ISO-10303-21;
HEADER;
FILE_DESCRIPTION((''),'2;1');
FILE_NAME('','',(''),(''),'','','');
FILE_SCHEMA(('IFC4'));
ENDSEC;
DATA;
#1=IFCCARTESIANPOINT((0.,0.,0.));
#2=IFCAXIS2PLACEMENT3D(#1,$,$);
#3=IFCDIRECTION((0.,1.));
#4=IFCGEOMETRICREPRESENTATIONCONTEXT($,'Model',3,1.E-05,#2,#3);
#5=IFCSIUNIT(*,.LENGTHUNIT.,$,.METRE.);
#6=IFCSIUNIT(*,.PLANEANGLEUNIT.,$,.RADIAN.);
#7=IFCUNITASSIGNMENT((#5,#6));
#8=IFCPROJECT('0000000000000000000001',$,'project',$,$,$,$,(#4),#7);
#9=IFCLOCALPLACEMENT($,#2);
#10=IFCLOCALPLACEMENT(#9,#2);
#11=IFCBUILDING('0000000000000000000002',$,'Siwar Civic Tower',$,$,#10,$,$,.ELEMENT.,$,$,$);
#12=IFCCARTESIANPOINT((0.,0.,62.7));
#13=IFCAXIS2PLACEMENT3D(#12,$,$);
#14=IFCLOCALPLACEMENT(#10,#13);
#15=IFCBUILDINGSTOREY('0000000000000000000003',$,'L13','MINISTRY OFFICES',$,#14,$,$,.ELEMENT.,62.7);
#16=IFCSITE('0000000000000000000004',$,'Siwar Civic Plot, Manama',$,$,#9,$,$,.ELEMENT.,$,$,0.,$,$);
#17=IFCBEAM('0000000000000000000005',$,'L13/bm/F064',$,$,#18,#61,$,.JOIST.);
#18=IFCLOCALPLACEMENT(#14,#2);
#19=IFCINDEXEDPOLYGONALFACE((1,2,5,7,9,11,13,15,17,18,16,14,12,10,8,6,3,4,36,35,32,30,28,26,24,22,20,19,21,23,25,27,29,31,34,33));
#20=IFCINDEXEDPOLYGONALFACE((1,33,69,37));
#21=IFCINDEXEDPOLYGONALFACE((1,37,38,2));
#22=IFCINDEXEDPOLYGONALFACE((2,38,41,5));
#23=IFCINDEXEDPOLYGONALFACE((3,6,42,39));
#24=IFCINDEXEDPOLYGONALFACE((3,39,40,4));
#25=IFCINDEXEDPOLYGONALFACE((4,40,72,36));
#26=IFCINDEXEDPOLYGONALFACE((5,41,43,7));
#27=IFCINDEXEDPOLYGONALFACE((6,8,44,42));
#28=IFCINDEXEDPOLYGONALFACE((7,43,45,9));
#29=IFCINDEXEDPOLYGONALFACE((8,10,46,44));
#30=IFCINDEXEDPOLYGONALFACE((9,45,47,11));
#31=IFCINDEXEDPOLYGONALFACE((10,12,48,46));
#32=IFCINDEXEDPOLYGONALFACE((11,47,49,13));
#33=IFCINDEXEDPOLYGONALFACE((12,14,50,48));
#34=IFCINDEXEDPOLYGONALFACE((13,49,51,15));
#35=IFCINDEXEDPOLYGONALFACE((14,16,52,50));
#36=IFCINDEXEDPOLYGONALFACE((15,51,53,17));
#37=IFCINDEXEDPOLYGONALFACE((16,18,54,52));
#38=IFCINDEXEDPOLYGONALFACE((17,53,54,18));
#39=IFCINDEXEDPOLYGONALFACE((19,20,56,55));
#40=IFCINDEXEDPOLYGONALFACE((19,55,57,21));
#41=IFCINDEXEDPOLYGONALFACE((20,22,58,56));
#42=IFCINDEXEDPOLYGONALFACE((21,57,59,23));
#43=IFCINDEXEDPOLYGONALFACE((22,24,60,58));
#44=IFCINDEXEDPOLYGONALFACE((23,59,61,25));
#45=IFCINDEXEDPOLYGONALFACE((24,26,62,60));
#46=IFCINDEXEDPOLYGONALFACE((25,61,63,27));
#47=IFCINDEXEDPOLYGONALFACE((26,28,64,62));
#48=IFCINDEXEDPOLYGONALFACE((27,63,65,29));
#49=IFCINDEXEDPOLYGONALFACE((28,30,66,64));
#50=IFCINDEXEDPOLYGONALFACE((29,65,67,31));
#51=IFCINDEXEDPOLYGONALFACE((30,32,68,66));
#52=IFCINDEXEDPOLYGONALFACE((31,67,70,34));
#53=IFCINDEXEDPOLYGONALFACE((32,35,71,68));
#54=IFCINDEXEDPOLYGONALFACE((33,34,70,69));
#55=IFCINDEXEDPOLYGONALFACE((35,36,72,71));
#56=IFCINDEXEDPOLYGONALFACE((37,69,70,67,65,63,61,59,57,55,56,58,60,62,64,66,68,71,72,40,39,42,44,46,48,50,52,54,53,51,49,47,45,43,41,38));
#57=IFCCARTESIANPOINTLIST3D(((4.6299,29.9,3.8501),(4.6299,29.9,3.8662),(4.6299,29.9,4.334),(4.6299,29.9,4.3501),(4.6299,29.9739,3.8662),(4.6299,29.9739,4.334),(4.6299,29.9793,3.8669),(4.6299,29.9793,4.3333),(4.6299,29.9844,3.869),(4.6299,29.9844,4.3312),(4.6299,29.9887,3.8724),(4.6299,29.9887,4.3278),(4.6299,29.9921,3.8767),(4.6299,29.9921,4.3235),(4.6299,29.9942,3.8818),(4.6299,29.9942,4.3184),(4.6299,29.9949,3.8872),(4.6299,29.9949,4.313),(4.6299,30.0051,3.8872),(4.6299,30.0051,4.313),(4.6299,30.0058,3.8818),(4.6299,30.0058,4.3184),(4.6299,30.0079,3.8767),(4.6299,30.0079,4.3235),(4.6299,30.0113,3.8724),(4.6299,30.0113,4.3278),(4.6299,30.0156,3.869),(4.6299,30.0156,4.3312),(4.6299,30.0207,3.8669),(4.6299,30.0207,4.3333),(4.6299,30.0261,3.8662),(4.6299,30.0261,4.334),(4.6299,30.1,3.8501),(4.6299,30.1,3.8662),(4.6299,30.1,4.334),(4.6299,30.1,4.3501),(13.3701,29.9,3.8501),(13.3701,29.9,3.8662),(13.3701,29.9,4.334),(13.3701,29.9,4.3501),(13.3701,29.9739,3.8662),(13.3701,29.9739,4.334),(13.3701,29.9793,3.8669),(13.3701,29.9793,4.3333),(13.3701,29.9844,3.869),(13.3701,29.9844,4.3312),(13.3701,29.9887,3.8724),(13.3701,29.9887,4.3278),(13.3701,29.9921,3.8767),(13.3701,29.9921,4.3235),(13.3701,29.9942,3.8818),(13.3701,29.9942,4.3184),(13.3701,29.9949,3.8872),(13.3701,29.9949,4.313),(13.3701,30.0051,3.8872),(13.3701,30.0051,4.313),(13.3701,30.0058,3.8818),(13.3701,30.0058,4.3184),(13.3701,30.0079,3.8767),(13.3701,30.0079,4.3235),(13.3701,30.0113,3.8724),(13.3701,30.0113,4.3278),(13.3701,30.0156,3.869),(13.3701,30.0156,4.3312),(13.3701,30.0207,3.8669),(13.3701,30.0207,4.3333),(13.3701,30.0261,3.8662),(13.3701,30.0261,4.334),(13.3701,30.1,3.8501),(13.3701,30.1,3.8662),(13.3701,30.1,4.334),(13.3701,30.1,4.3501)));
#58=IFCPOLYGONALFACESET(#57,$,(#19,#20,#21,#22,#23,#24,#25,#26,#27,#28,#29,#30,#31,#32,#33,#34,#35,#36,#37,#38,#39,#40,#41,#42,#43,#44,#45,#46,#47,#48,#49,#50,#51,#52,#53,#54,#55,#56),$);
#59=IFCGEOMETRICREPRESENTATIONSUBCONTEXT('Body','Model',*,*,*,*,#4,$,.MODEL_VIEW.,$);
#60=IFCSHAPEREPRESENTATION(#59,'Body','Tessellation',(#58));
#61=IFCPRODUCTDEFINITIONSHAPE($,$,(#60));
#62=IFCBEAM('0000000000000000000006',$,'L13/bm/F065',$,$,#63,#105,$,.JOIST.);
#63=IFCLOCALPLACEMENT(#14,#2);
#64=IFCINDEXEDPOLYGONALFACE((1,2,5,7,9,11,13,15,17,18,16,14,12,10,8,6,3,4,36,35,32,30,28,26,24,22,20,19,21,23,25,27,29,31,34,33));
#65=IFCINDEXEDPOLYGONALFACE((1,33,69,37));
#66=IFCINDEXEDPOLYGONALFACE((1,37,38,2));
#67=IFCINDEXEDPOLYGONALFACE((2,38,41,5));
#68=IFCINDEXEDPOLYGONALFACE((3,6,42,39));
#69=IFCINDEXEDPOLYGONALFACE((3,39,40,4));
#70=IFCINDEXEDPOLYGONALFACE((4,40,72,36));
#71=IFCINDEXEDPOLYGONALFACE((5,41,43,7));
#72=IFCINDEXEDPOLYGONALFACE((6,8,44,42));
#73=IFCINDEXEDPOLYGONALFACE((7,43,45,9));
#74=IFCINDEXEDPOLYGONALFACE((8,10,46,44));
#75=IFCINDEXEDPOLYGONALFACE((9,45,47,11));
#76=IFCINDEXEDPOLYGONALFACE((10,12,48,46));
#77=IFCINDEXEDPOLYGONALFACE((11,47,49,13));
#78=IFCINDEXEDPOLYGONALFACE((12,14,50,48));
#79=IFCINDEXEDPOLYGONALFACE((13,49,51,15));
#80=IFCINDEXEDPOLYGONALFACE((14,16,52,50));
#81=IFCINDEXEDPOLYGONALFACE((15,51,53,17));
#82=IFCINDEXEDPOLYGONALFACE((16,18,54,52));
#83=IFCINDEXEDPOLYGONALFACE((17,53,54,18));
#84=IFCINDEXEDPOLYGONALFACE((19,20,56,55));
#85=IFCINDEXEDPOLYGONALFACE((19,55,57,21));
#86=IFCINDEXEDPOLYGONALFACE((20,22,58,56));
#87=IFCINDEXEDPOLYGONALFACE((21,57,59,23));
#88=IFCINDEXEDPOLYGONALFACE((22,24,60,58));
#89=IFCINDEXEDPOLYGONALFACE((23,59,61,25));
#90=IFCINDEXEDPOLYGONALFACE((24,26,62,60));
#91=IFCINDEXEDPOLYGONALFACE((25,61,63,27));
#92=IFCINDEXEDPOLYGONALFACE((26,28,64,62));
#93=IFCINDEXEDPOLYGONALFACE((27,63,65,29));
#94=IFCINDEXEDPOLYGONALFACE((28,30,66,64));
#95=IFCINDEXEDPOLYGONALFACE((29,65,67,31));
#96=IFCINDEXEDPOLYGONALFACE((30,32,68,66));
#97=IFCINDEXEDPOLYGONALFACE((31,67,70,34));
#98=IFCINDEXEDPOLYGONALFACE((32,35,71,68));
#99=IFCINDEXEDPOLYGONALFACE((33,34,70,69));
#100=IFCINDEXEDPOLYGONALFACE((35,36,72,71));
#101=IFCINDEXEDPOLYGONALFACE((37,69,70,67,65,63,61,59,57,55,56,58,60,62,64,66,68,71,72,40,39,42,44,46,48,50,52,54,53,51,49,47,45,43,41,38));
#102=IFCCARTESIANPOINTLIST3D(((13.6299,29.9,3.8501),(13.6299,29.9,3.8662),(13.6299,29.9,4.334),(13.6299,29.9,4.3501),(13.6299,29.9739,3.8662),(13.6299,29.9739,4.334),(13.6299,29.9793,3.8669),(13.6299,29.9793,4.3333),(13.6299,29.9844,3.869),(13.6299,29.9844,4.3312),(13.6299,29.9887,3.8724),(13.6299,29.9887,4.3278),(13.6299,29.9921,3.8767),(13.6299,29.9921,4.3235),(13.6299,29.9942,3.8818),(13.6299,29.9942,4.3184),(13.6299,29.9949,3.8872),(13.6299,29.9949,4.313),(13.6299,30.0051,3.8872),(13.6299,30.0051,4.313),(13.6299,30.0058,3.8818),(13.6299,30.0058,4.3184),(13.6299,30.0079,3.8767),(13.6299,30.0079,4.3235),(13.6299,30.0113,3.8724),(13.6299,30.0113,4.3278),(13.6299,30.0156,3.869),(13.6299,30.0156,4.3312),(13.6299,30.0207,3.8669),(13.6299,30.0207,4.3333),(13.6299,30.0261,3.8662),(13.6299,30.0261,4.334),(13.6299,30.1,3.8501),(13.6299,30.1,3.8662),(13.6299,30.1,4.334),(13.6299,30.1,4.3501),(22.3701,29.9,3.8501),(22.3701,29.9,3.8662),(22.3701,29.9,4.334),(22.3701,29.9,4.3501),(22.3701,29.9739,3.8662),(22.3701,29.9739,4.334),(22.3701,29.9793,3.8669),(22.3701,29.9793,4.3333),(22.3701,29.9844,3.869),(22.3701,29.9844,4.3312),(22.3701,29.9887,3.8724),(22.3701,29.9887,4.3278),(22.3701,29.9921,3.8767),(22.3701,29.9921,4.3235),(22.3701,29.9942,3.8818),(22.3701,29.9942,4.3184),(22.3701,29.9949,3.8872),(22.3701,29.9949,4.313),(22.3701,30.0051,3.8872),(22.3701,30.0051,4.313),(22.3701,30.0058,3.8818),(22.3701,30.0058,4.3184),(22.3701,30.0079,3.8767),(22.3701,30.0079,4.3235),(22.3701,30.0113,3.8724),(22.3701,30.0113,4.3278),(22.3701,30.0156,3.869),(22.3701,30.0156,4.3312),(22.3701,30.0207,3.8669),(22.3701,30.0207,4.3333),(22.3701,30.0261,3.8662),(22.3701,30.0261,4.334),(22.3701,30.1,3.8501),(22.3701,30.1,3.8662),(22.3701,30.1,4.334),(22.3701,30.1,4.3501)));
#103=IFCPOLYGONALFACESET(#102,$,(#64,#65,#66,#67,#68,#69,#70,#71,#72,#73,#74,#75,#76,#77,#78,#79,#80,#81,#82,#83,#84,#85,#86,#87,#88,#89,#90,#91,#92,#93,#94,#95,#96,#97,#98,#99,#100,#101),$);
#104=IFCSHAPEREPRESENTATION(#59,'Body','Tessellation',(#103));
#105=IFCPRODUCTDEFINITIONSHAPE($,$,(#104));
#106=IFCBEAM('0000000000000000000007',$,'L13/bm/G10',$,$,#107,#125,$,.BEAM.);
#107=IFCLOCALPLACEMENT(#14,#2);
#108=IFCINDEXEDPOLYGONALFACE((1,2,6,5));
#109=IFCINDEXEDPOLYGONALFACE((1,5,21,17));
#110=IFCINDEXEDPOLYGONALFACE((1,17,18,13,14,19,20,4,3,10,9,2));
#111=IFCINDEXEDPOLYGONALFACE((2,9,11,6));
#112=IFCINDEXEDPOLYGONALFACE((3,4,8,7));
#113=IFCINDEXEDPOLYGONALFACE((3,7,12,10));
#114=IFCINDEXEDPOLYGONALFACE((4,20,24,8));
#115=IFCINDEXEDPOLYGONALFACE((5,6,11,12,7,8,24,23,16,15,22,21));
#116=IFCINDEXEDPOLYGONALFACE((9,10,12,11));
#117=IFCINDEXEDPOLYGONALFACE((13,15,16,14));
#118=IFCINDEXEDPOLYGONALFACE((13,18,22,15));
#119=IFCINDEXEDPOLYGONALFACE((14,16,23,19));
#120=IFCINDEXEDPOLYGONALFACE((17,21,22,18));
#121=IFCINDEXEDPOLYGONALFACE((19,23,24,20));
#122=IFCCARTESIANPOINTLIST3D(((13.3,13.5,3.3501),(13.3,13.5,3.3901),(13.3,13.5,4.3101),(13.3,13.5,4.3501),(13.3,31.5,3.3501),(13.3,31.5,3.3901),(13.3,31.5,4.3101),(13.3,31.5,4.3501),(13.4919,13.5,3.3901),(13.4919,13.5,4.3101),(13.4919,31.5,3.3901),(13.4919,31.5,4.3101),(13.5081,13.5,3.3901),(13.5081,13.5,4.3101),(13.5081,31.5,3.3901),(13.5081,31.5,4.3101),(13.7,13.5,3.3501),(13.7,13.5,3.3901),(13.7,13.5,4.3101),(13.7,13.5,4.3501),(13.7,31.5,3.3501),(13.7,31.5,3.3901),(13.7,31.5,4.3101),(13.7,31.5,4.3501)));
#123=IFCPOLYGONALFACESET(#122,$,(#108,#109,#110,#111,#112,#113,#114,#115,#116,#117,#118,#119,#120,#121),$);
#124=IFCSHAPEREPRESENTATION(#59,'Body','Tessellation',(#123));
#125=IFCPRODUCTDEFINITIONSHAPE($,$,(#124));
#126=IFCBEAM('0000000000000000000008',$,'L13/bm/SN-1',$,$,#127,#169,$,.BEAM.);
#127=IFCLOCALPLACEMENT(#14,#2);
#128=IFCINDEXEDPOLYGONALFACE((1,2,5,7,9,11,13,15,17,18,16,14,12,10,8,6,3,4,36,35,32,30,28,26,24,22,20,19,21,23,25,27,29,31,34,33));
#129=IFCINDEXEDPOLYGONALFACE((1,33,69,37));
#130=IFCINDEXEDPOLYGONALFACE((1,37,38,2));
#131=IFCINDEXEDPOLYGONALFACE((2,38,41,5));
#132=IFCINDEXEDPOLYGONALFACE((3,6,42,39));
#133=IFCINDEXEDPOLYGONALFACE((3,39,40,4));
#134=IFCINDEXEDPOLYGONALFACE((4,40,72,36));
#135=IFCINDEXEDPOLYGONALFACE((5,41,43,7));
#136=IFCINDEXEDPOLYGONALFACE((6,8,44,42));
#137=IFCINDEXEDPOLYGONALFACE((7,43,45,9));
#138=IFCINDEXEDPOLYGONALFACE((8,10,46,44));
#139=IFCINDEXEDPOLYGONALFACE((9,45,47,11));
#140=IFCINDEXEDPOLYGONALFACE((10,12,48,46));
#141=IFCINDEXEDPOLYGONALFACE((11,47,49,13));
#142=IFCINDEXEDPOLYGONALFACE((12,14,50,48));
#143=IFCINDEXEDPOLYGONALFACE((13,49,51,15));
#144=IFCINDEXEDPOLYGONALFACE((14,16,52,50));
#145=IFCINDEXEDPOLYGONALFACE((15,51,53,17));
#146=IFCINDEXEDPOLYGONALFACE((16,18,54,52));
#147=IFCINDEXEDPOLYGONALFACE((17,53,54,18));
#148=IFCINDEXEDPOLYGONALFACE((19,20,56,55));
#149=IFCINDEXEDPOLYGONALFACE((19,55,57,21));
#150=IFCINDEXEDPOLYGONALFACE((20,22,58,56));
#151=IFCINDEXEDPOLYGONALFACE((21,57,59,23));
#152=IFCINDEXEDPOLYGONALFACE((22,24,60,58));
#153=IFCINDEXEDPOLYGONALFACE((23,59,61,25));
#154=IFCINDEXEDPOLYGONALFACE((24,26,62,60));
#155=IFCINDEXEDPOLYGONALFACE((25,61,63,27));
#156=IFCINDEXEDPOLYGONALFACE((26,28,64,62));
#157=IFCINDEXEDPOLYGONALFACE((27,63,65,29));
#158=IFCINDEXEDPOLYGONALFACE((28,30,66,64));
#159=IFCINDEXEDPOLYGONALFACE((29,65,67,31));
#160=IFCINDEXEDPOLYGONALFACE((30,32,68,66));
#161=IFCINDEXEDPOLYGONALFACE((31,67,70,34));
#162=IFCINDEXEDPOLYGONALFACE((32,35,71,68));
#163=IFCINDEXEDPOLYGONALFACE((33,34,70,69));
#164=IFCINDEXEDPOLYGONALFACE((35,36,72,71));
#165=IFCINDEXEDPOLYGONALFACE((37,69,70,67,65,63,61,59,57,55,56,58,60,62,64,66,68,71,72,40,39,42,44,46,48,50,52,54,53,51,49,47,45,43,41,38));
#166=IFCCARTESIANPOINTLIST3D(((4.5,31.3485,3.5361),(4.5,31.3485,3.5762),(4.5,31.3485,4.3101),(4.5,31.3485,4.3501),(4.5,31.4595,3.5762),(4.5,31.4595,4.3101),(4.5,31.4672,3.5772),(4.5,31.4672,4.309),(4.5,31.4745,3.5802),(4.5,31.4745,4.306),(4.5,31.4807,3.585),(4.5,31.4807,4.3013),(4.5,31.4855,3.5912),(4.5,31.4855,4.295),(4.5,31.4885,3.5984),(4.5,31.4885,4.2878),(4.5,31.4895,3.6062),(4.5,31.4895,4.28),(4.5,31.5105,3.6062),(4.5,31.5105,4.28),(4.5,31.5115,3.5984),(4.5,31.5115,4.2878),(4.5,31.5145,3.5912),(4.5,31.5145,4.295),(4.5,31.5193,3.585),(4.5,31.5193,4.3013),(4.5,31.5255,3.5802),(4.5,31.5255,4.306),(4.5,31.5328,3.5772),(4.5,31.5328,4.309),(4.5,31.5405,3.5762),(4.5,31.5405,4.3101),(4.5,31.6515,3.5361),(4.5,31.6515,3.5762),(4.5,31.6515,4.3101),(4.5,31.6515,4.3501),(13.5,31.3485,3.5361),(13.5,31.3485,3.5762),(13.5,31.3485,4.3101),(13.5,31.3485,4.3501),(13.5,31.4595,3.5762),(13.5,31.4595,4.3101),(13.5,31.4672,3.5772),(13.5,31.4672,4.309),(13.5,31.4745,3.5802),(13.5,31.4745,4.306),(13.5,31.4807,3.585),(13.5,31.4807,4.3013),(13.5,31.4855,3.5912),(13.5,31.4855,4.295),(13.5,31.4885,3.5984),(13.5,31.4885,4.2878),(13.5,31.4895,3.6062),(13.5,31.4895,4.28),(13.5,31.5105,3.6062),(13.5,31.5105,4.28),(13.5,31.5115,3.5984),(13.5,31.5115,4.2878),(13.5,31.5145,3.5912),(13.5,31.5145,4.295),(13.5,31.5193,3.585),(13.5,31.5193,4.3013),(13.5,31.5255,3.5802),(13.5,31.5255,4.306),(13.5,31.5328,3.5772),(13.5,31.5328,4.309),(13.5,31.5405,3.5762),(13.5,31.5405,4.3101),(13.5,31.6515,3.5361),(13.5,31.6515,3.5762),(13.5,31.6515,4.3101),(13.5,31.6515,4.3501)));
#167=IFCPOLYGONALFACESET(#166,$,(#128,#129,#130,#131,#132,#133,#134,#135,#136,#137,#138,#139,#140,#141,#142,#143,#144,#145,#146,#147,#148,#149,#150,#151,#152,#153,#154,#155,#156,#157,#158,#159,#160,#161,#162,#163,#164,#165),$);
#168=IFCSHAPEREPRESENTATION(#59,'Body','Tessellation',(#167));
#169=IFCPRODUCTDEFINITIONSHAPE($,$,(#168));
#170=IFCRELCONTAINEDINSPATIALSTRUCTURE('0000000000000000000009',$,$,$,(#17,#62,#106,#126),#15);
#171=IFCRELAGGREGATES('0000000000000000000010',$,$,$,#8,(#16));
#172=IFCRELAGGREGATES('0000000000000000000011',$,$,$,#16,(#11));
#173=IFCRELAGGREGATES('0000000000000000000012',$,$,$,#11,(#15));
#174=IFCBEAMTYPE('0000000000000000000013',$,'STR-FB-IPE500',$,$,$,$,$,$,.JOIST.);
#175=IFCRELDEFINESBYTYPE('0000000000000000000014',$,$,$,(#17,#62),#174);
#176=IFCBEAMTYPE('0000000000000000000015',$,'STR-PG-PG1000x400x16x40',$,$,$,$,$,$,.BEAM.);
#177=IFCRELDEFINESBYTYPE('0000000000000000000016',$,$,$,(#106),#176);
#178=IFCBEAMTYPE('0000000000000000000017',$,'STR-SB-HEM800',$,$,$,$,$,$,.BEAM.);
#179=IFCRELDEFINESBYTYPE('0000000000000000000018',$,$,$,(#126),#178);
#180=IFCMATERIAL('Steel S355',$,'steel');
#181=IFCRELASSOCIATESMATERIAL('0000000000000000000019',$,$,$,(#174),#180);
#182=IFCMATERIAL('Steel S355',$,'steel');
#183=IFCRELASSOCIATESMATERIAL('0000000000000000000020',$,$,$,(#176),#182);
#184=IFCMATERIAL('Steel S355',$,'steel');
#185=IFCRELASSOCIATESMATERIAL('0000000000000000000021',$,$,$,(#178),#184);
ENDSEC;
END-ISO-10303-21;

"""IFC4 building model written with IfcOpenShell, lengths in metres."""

from ifc_helpers import new_model, si_unit, direction, frame, origin, origin_2d, place, context, subcontext, project, spatial, i_section, extrude, material, material_profile, profile_set, type_object, element, save


model = new_model("IFC4")

# Units and contexts
model_context = context("Model", 3, precision=1e-05, world=origin(), true_north=direction((0.0, 1.0)))
body_context = subcontext(model_context, "Body", "Model", "MODEL_VIEW")
ifc_project = project(units=[si_unit("LENGTHUNIT", "METRE"), si_unit("PLANEANGLEUNIT", "RADIAN")], contexts=[model_context])

# Site, building, storey
site_placement = place(None, origin())
site = spatial("IfcSite", under=ifc_project, at=site_placement, Name="Siwar Civic Plot, Manama", CompositionType="ELEMENT", RefElevation=0.0)
building_placement = place(site_placement, origin())
building = spatial("IfcBuilding", under=site, at=building_placement, Name="Siwar Civic Tower", CompositionType="ELEMENT")
storey_placement = place(building_placement, frame((0.0, 0.0, 62.7)))
storey = spatial("IfcBuildingStorey", under=building, at=storey_placement, Name="L13", Description="MINISTRY OFFICES", CompositionType="ELEMENT", Elevation=62.7)

# Beams
ifc_material_1 = material(Name="Steel S355", Category="steel")
ifc_material_profile_1 = material_profile(ifc_material_1, i_section(OverallWidth=0.2, OverallDepth=0.5, WebThickness=0.0103, FlangeThickness=0.0161, FilletRadius=0.021, at=origin_2d()), Name="IPE500")
ifc_profile_set_1 = profile_set([ifc_material_profile_1], Name="Steel S355")
beam_type_1 = type_object("IfcBeamType", Name="STR-FB-IPE500", PredefinedType="JOIST", material=ifc_profile_set_1)
for number, where, z_axis, x_axis, name in (
    (1, (4.6299, 30.0, 4.1001), (1.0, 0.0, 0.0), (0.0, 1.0, 0.0), "L13/bm/F064"),
    (2, (13.6299, 30.0, 4.1001), (1.0, 0.0, 0.0), (0.0, 1.0, 0.0), "L13/bm/F065"),
):
    element("IfcBeam", number, at=place(storey_placement, frame(where, z_axis=z_axis, x_axis=x_axis)), inside=storey, type_object=beam_type_1, Name=name, PredefinedType="JOIST", context=body_context, shape_type="SweptSolid", body=[
        extrude(i_section(OverallWidth=0.2, OverallDepth=0.5, WebThickness=0.0103, FlangeThickness=0.0161, FilletRadius=0.021, at=origin_2d()), origin(), (0.0, 0.0, 1.0), 8.7402),
    ])
ifc_material_2 = material(Name="Steel S355", Category="steel")
ifc_material_profile_2 = material_profile(ifc_material_2, i_section(OverallWidth=0.3999, OverallDepth=1.0, WebThickness=0.0161, FlangeThickness=0.04, at=origin_2d()), Name="PG1000x400x16x40")
ifc_profile_set_2 = profile_set([ifc_material_profile_2], Name="Steel S355")
beam_type_2 = type_object("IfcBeamType", Name="STR-PG-PG1000x400x16x40", PredefinedType="BEAM", material=ifc_profile_set_2)
beam_1_placement = place(storey_placement, frame((13.5, 13.5, 3.8501), z_axis=(0.0, 1.0, 0.0), x_axis=(-1.0, 0.0, 0.0)))
element("IfcBeam", 3, at=beam_1_placement, inside=storey, type_object=beam_type_2, Name="L13/bm/G10", PredefinedType="BEAM", context=body_context, shape_type="SweptSolid", body=[
    extrude(i_section(OverallWidth=0.3999, OverallDepth=1.0, WebThickness=0.0161, FlangeThickness=0.04, at=origin_2d()), origin(), (0.0, 0.0, 1.0), 18.0),
])
ifc_material_3 = material(Name="Steel S355", Category="steel")
ifc_material_profile_3 = material_profile(ifc_material_3, i_section(OverallWidth=0.303, OverallDepth=0.814, WebThickness=0.021, FlangeThickness=0.04, FilletRadius=0.03, at=origin_2d()), Name="HEM800")
ifc_profile_set_3 = profile_set([ifc_material_profile_3], Name="Steel S355")
beam_type_3 = type_object("IfcBeamType", Name="STR-SB-HEM800", PredefinedType="BEAM", material=ifc_profile_set_3)
for number, where, z_axis, x_axis, name in (
    (4, (13.5, 31.5, 3.9431), (-1.0, 0.0, 0.0), (0.0, -1.0, 0.0), "L13/bm/SN-1"),
):
    element("IfcBeam", number, at=place(storey_placement, frame(where, z_axis=z_axis, x_axis=x_axis)), inside=storey, type_object=beam_type_3, Name=name, PredefinedType="BEAM", context=body_context, shape_type="SweptSolid", body=[
        extrude(i_section(OverallWidth=0.303, OverallDepth=0.814, WebThickness=0.021, FlangeThickness=0.04, FilletRadius=0.03, at=origin_2d()), origin(), (0.0, 0.0, 1.0), 9.0),
    ])

save(model, "model.ifc")
